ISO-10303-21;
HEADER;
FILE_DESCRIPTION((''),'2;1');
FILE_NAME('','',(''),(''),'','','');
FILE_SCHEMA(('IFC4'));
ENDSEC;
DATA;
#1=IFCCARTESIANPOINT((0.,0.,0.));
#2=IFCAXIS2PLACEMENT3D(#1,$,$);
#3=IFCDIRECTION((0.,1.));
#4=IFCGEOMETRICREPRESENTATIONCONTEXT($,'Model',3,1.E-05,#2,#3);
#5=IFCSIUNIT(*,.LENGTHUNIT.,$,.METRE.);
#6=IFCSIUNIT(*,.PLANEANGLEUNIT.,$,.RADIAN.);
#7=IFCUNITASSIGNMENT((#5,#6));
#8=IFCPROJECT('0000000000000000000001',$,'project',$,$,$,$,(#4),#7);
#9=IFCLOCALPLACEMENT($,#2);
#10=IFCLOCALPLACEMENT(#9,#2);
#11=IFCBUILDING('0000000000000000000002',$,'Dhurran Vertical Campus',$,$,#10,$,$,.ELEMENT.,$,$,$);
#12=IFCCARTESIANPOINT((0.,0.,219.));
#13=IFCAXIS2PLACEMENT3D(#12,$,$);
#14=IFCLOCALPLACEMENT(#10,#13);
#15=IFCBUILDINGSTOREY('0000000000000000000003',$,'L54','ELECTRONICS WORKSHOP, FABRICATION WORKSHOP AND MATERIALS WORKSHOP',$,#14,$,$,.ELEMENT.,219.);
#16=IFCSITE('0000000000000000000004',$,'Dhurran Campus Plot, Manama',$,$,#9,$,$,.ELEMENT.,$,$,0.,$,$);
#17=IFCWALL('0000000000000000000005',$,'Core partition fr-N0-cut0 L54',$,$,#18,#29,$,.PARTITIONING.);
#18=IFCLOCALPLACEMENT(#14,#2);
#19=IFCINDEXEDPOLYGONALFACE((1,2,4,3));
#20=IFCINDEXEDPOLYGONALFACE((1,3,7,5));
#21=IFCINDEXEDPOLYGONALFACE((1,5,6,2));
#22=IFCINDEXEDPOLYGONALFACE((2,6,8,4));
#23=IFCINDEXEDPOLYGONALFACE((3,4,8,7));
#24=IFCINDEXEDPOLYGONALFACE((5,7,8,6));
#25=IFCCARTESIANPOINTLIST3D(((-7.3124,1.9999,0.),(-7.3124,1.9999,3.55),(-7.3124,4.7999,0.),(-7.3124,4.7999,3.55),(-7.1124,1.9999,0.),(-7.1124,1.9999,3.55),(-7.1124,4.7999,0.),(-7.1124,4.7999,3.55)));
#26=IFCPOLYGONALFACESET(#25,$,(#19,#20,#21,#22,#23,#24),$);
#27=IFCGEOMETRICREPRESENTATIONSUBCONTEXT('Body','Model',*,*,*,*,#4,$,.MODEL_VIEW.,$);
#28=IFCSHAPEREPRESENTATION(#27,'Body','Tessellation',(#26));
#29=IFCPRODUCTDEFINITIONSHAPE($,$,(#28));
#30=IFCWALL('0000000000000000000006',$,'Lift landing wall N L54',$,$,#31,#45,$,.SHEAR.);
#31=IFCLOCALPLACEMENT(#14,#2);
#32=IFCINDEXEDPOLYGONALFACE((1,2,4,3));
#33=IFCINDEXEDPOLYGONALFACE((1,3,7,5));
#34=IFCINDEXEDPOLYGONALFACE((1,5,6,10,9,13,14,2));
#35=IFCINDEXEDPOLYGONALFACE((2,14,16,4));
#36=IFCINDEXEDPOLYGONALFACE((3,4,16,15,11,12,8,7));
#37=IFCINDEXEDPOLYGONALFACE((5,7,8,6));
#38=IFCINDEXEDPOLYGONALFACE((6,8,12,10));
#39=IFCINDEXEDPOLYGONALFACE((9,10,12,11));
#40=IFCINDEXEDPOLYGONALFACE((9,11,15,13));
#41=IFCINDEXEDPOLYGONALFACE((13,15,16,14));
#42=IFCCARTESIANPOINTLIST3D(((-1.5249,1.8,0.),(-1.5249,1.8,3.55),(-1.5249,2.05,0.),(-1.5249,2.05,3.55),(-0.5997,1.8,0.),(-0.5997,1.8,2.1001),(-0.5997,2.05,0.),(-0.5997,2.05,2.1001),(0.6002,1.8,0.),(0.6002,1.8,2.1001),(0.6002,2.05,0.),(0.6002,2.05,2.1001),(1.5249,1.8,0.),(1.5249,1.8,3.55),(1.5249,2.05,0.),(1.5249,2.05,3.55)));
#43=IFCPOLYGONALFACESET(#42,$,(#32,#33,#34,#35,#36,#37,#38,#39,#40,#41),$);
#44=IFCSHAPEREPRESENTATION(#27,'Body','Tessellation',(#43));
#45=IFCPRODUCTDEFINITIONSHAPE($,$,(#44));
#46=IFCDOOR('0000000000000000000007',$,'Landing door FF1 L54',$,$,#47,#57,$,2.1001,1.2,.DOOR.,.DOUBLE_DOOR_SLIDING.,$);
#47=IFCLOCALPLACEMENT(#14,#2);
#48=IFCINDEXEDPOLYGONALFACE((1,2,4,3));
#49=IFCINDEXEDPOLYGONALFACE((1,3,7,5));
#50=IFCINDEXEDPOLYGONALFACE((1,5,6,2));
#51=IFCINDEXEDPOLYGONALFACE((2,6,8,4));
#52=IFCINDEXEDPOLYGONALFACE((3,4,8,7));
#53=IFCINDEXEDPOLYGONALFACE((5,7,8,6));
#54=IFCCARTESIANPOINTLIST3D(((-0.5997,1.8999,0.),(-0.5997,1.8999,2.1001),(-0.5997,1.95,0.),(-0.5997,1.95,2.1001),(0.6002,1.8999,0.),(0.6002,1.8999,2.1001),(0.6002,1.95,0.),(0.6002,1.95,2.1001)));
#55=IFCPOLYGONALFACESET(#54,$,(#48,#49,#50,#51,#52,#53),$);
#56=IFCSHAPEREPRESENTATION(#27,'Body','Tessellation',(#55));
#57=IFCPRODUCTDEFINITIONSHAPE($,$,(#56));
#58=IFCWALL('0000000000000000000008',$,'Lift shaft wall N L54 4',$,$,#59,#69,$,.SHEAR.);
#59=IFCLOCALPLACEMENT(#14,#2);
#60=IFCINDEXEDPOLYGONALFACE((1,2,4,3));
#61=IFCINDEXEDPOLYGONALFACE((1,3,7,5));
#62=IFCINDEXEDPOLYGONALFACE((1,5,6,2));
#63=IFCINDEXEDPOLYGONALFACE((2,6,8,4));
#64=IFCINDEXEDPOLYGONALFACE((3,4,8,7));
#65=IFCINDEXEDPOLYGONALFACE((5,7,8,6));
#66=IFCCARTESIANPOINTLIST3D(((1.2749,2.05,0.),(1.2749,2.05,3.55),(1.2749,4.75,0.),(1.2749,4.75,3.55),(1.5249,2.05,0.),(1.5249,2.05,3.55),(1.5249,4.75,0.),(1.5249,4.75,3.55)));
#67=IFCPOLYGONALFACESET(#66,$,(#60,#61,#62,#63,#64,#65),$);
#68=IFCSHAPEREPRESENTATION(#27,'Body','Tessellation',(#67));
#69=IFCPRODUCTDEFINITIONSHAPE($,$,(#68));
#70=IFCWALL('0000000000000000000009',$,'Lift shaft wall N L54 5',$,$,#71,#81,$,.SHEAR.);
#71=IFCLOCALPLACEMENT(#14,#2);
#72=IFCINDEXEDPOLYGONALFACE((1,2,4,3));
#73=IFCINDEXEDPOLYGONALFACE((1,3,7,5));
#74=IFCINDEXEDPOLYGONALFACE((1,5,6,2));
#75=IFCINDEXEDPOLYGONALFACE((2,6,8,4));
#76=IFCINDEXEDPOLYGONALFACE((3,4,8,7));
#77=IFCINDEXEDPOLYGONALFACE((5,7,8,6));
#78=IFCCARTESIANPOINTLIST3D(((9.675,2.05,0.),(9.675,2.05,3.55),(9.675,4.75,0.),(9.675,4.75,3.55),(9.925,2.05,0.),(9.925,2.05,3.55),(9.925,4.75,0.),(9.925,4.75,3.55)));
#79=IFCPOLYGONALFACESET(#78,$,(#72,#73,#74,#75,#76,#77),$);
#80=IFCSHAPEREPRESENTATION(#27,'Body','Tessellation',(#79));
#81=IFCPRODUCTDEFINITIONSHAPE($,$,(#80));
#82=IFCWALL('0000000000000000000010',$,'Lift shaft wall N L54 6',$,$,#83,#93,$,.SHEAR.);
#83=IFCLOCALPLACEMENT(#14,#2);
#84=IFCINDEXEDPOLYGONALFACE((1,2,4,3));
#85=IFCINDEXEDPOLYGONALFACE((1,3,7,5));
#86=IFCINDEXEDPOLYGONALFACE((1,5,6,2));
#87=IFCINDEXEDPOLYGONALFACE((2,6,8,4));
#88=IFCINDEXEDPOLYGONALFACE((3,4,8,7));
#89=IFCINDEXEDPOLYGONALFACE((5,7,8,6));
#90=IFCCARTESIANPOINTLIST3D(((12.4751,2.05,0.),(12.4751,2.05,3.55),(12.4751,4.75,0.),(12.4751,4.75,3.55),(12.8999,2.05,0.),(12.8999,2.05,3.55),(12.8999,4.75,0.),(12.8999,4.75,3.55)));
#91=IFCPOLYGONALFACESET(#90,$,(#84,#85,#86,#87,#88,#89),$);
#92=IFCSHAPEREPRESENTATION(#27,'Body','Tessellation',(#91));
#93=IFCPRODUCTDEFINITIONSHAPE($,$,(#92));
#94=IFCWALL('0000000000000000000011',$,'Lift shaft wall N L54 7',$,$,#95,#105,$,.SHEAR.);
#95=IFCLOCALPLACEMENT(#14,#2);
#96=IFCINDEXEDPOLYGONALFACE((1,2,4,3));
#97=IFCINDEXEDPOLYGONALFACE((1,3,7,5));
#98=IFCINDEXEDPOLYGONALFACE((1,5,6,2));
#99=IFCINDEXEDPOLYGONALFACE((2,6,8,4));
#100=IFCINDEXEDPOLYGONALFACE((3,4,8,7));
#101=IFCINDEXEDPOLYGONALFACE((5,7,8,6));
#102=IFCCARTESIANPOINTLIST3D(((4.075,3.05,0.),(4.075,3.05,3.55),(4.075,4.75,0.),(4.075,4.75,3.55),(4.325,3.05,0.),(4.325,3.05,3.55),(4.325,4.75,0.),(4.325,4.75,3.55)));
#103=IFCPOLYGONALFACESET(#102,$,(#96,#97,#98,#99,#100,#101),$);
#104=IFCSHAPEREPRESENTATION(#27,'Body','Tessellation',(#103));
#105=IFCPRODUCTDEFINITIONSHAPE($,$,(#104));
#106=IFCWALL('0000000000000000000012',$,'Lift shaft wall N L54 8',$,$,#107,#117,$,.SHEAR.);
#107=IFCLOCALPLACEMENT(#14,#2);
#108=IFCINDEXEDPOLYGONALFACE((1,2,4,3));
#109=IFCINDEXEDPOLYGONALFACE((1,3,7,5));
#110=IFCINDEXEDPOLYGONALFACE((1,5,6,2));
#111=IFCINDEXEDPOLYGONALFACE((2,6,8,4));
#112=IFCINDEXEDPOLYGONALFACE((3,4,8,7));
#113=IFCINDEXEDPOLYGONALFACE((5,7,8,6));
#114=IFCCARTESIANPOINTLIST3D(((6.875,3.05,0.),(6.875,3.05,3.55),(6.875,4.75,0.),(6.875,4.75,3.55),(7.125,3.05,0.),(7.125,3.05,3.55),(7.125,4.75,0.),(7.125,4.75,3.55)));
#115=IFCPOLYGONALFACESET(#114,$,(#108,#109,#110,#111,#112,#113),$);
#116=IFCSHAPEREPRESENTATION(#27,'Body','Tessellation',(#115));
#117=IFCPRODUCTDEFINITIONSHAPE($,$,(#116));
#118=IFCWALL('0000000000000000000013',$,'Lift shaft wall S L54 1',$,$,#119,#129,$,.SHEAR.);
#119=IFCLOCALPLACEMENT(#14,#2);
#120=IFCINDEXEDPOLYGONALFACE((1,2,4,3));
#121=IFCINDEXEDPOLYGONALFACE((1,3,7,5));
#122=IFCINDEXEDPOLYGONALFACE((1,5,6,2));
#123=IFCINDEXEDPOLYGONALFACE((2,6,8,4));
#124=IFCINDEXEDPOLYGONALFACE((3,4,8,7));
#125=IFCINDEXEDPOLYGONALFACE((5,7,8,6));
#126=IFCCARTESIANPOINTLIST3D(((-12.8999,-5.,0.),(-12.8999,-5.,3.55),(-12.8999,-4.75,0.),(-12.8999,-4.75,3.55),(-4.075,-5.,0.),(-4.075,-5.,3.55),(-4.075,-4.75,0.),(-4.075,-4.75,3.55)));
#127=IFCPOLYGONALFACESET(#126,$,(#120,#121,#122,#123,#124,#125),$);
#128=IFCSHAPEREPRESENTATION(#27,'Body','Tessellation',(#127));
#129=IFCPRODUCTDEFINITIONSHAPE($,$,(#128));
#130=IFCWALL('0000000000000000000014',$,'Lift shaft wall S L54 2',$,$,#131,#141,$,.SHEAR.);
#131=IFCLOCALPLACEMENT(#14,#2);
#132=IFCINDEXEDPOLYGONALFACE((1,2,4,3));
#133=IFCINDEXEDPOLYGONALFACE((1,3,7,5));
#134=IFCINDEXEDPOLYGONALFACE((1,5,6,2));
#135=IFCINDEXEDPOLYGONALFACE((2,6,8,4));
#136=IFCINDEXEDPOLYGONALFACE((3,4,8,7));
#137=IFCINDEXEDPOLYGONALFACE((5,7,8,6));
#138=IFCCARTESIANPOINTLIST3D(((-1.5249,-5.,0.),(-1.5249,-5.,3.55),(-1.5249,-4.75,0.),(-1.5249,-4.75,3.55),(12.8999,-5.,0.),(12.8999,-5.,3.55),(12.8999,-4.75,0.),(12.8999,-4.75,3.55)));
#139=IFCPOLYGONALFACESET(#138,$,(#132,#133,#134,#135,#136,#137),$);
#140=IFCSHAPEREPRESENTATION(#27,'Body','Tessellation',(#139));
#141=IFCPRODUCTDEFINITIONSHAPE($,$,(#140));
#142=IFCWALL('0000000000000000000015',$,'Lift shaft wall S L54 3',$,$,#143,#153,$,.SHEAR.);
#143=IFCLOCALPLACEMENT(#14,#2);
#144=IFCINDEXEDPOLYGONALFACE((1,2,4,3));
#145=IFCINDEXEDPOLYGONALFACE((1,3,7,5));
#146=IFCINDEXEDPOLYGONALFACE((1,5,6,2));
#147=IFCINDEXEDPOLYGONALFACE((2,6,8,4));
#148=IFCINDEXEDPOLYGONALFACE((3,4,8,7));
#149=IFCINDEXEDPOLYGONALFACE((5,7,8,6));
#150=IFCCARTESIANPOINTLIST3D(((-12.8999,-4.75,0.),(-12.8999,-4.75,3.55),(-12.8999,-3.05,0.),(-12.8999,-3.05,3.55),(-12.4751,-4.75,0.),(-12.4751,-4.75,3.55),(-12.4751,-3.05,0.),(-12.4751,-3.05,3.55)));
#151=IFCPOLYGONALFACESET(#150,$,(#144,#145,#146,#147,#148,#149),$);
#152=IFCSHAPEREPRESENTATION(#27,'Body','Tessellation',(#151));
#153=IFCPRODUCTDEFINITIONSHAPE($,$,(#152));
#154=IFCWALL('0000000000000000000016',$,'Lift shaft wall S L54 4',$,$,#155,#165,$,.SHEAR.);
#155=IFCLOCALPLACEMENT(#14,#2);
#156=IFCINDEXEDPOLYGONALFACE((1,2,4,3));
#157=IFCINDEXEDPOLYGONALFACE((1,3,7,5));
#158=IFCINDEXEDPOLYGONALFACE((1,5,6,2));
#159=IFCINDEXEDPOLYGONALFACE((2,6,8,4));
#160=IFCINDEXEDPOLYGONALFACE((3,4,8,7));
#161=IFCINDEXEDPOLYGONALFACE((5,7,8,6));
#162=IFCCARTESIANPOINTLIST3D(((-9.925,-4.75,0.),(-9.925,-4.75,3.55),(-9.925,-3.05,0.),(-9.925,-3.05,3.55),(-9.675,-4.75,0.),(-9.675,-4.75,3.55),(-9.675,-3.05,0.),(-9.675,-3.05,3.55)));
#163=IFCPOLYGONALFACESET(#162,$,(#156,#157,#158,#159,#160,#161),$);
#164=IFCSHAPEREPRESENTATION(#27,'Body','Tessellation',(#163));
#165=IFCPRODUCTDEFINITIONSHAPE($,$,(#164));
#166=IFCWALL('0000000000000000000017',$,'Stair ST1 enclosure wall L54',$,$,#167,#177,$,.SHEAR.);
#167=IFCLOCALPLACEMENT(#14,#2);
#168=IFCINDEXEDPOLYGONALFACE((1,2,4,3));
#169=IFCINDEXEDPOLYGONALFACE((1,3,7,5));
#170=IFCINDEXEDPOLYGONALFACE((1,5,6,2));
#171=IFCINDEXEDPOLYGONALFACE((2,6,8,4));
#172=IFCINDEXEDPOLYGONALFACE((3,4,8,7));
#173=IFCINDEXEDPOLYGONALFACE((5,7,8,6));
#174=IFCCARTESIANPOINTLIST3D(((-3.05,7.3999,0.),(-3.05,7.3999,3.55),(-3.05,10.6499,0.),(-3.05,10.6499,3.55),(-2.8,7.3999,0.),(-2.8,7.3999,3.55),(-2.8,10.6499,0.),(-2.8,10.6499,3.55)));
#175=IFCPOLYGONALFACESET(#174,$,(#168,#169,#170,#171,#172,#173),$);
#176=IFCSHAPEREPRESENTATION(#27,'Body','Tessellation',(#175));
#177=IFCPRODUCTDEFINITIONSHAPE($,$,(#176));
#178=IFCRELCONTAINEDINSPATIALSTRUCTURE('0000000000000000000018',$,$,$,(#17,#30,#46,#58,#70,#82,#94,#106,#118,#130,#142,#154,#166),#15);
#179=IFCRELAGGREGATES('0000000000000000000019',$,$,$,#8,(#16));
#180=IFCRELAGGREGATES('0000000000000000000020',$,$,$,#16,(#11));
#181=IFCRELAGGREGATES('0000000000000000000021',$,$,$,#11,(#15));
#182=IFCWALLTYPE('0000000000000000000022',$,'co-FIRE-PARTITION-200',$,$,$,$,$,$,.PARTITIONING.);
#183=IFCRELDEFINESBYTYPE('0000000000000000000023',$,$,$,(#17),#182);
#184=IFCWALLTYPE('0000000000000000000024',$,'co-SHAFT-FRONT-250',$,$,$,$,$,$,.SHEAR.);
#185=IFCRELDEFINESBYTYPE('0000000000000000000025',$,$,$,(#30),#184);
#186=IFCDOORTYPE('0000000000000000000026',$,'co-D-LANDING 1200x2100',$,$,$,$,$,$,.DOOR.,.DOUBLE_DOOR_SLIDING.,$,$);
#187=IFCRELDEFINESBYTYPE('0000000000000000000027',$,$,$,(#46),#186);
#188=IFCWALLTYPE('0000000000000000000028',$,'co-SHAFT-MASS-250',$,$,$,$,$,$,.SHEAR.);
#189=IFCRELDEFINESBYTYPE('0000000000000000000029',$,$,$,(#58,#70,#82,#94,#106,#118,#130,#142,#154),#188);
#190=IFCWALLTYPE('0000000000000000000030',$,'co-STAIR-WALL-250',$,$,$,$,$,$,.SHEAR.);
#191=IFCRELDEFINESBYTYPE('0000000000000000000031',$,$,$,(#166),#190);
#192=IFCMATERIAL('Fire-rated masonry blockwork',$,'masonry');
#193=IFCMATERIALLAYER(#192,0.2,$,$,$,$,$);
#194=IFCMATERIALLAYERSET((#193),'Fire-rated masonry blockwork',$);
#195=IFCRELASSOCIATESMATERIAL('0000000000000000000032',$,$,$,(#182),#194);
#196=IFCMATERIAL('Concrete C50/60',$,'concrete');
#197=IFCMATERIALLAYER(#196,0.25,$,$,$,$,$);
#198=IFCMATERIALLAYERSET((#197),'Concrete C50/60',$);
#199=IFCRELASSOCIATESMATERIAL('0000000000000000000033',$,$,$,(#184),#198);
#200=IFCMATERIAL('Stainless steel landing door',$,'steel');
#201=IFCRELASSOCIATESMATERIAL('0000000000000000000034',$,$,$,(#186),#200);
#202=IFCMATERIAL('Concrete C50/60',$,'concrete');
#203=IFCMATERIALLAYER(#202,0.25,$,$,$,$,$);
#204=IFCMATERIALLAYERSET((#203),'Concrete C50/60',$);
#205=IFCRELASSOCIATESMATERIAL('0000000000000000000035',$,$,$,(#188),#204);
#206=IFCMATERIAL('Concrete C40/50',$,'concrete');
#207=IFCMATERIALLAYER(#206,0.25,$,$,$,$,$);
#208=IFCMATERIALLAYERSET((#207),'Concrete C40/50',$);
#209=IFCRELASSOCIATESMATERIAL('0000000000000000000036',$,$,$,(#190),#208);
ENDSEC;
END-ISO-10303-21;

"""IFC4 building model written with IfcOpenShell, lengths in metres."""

from ifc_helpers import new_model, si_unit, direction, frame, frame_2d, origin, place, context, subcontext, project, spatial, polyline, rectangle, outline, extrude, material, layer, layer_set, type_object, element, fill, save


model = new_model("IFC4")

# Units and contexts
model_context = context("Model", 3, precision=1e-05, world=origin(), true_north=direction((0.0, 1.0)))
body_context = subcontext(model_context, "Body", "Model", "MODEL_VIEW")
ifc_project = project(units=[si_unit("LENGTHUNIT", "METRE"), si_unit("PLANEANGLEUNIT", "RADIAN")], contexts=[model_context])

# Site, building, storey
site_placement = place(None, origin())
site = spatial("IfcSite", under=ifc_project, at=site_placement, Name="Dhurran Campus Plot, Manama", CompositionType="ELEMENT", RefElevation=0.0)
building_placement = place(site_placement, origin())
building = spatial("IfcBuilding", under=site, at=building_placement, Name="Dhurran Vertical Campus", CompositionType="ELEMENT")
storey_placement = place(building_placement, frame((0.0, 0.0, 219.0)))
storey = spatial("IfcBuildingStorey", under=building, at=storey_placement, Name="L54", Description="ELECTRONICS WORKSHOP, FABRICATION WORKSHOP AND MATERIALS WORKSHOP", CompositionType="ELEMENT", Elevation=219.0)

# Shared definitions
ifc_material_1 = material(Name="Fire-rated masonry blockwork", Category="masonry")
ifc_layer_1 = layer(ifc_material_1, 0.2)
ifc_layer_set_1 = layer_set([ifc_layer_1], Name="Fire-rated masonry blockwork")
wall_type_1 = type_object("IfcWallType", Name="co-FIRE-PARTITION-200", PredefinedType="PARTITIONING", material=ifc_layer_set_1)

# Wall
wall_1_placement = place(storey_placement, frame((-7.2124, 2.0, 0.0), z_axis=(0.0, 0.0, 1.0), x_axis=(0.0, 1.0, 0.0)))
element("IfcWall", 1, at=wall_1_placement, inside=storey, type_object=wall_type_1, Name="Core partition fr-N0-cut0 L54", PredefinedType="PARTITIONING", context=body_context, shape_type="SweptSolid", body=[
    extrude(rectangle(XDim=2.8, YDim=0.2, at=frame_2d((1.3999, 0.0))), origin(), (0.0, 0.0, 1.0), 3.55),
])

# Wall, opening, door
ifc_material_2 = material(Name="Concrete C50/60", Category="concrete")
ifc_layer_2 = layer(ifc_material_2, 0.25)
ifc_layer_set_2 = layer_set([ifc_layer_2], Name="Concrete C50/60")
wall_type_2 = type_object("IfcWallType", Name="co-SHAFT-FRONT-250", PredefinedType="SHEAR", material=ifc_layer_set_2)
wall_2_placement = place(storey_placement, frame((-1.5249, 1.925, 0.0), z_axis=(0.0, 0.0, 1.0), x_axis=(1.0, 0.0, 0.0)))
wall_2 = element("IfcWall", 2, at=wall_2_placement, inside=storey, type_object=wall_type_2, Name="Lift landing wall N L54", PredefinedType="SHEAR", context=body_context, shape_type="SweptSolid", body=[
    extrude(rectangle(XDim=3.0498, YDim=0.25, at=frame_2d((1.5249, 0.0))), origin(), (0.0, 0.0, 1.0), 3.55),
])
opening_1_placement = place(wall_2_placement, frame((0.925, 0.0, 0.0)))
opening_1 = element("IfcOpeningElement", 3, at=opening_1_placement, cuts=wall_2, PredefinedType="OPENING", context=body_context, shape_type="SweptSolid", body=[
    extrude(rectangle(XDim=1.2, YDim=2.1001, at=frame_2d((0.6001, 1.05))), frame((0.0, 0.135, 0.0), z_axis=(0.0, -1.0, 0.0), x_axis=(1.0, 0.0, 0.0)), (0.0, 0.0, 1.0), 0.27),
])
ifc_material_3 = material(Name="Stainless steel landing door", Category="steel")
door_type_1 = type_object("IfcDoorType", Name="co-D-LANDING 1200x2100", OperationType="DOUBLE_DOOR_SLIDING", PredefinedType="DOOR", material=ifc_material_3)
door_1_placement = place(opening_1_placement, origin())
door_1 = element("IfcDoor", 4, at=door_1_placement, inside=storey, type_object=door_type_1, Name="Landing door FF1 L54", OperationType="DOUBLE_DOOR_SLIDING", OverallHeight=2.1001, OverallWidth=1.2, PredefinedType="DOOR", context=body_context, shape_type="SweptSolid", body=[
    extrude(rectangle(XDim=1.2, YDim=2.1001, at=frame_2d((0.6001, 1.05))), frame((0.0, 0.0249, 0.0), z_axis=(0.0, -1.0, 0.0), x_axis=(1.0, 0.0, 0.0)), (0.0, 0.0, 1.0), 0.05),
])
fill(opening_1, door_1)

# Walls
ifc_material_4 = material(Name="Concrete C50/60", Category="concrete")
ifc_layer_3 = layer(ifc_material_4, 0.25)
ifc_layer_set_3 = layer_set([ifc_layer_3], Name="Concrete C50/60")
wall_type_3 = type_object("IfcWallType", Name="co-SHAFT-MASS-250", PredefinedType="SHEAR", material=ifc_layer_set_3)
wall_3_placement = place(storey_placement, origin())
element("IfcWall", 5, at=wall_3_placement, inside=storey, type_object=wall_type_3, Name="Lift shaft wall N L54 4", PredefinedType="SHEAR", context=body_context, shape_type="SweptSolid", body=[
    extrude(outline(polyline([(1.2749, 2.05), (1.5249, 2.05), (1.5249, 4.75), (1.2749, 4.75), (1.2749, 2.05)])), origin(), (0.0, 0.0, 1.0), 3.55),
])
wall_4_placement = place(storey_placement, origin())
element("IfcWall", 6, at=wall_4_placement, inside=storey, type_object=wall_type_3, Name="Lift shaft wall N L54 5", PredefinedType="SHEAR", context=body_context, shape_type="SweptSolid", body=[
    extrude(outline(polyline([(9.675, 2.05), (9.925, 2.05), (9.925, 4.75), (9.675, 4.75), (9.675, 2.05)])), origin(), (0.0, 0.0, 1.0), 3.55),
])
wall_5_placement = place(storey_placement, origin())
element("IfcWall", 7, at=wall_5_placement, inside=storey, type_object=wall_type_3, Name="Lift shaft wall N L54 6", PredefinedType="SHEAR", context=body_context, shape_type="SweptSolid", body=[
    extrude(outline(polyline([(12.4751, 2.05), (12.8999, 2.05), (12.8999, 4.75), (12.4751, 4.75), (12.4751, 2.05)])), origin(), (0.0, 0.0, 1.0), 3.55),
])
wall_6_placement = place(storey_placement, origin())
element("IfcWall", 8, at=wall_6_placement, inside=storey, type_object=wall_type_3, Name="Lift shaft wall N L54 7", PredefinedType="SHEAR", context=body_context, shape_type="SweptSolid", body=[
    extrude(outline(polyline([(4.075, 3.05), (4.325, 3.05), (4.325, 4.75), (4.075, 4.75), (4.075, 3.05)])), origin(), (0.0, 0.0, 1.0), 3.55),
])
wall_7_placement = place(storey_placement, origin())
element("IfcWall", 9, at=wall_7_placement, inside=storey, type_object=wall_type_3, Name="Lift shaft wall N L54 8", PredefinedType="SHEAR", context=body_context, shape_type="SweptSolid", body=[
    extrude(outline(polyline([(6.875, 3.05), (7.125, 3.05), (7.125, 4.75), (6.875, 4.75), (6.875, 3.05)])), origin(), (0.0, 0.0, 1.0), 3.55),
])
wall_8_placement = place(storey_placement, origin())
element("IfcWall", 10, at=wall_8_placement, inside=storey, type_object=wall_type_3, Name="Lift shaft wall S L54 1", PredefinedType="SHEAR", context=body_context, shape_type="SweptSolid", body=[
    extrude(outline(polyline([(-12.8999, -5.0), (-4.075, -5.0), (-4.075, -4.75), (-12.8999, -4.75), (-12.8999, -5.0)])), origin(), (0.0, 0.0, 1.0), 3.55),
])
wall_9_placement = place(storey_placement, origin())
element("IfcWall", 11, at=wall_9_placement, inside=storey, type_object=wall_type_3, Name="Lift shaft wall S L54 2", PredefinedType="SHEAR", context=body_context, shape_type="SweptSolid", body=[
    extrude(outline(polyline([(-1.5249, -5.0), (12.8999, -5.0), (12.8999, -4.75), (-1.5249, -4.75), (-1.5249, -5.0)])), origin(), (0.0, 0.0, 1.0), 3.55),
])
wall_10_placement = place(storey_placement, origin())
element("IfcWall", 12, at=wall_10_placement, inside=storey, type_object=wall_type_3, Name="Lift shaft wall S L54 3", PredefinedType="SHEAR", context=body_context, shape_type="SweptSolid", body=[
    extrude(outline(polyline([(-12.8999, -4.75), (-12.4751, -4.75), (-12.4751, -3.05), (-12.8999, -3.05), (-12.8999, -4.75)])), origin(), (0.0, 0.0, 1.0), 3.55),
])
wall_11_placement = place(storey_placement, origin())
element("IfcWall", 13, at=wall_11_placement, inside=storey, type_object=wall_type_3, Name="Lift shaft wall S L54 4", PredefinedType="SHEAR", context=body_context, shape_type="SweptSolid", body=[
    extrude(outline(polyline([(-9.925, -4.75), (-9.675, -4.75), (-9.675, -3.05), (-9.925, -3.05), (-9.925, -4.75)])), origin(), (0.0, 0.0, 1.0), 3.55),
])
ifc_material_5 = material(Name="Concrete C40/50", Category="concrete")
ifc_layer_4 = layer(ifc_material_5, 0.25)
ifc_layer_set_4 = layer_set([ifc_layer_4], Name="Concrete C40/50")
wall_type_4 = type_object("IfcWallType", Name="co-STAIR-WALL-250", PredefinedType="SHEAR", material=ifc_layer_set_4)
wall_12_placement = place(storey_placement, frame((-2.925, 7.3999, 0.0), z_axis=(0.0, 0.0, 1.0), x_axis=(0.0, 1.0, 0.0)))
element("IfcWall", 14, at=wall_12_placement, inside=storey, type_object=wall_type_4, Name="Stair ST1 enclosure wall L54", PredefinedType="SHEAR", context=body_context, shape_type="SweptSolid", body=[
    extrude(rectangle(XDim=3.25, YDim=0.25, at=frame_2d((1.625, 0.0))), origin(), (0.0, 0.0, 1.0), 3.55),
])

save(model, "model.ifc")
